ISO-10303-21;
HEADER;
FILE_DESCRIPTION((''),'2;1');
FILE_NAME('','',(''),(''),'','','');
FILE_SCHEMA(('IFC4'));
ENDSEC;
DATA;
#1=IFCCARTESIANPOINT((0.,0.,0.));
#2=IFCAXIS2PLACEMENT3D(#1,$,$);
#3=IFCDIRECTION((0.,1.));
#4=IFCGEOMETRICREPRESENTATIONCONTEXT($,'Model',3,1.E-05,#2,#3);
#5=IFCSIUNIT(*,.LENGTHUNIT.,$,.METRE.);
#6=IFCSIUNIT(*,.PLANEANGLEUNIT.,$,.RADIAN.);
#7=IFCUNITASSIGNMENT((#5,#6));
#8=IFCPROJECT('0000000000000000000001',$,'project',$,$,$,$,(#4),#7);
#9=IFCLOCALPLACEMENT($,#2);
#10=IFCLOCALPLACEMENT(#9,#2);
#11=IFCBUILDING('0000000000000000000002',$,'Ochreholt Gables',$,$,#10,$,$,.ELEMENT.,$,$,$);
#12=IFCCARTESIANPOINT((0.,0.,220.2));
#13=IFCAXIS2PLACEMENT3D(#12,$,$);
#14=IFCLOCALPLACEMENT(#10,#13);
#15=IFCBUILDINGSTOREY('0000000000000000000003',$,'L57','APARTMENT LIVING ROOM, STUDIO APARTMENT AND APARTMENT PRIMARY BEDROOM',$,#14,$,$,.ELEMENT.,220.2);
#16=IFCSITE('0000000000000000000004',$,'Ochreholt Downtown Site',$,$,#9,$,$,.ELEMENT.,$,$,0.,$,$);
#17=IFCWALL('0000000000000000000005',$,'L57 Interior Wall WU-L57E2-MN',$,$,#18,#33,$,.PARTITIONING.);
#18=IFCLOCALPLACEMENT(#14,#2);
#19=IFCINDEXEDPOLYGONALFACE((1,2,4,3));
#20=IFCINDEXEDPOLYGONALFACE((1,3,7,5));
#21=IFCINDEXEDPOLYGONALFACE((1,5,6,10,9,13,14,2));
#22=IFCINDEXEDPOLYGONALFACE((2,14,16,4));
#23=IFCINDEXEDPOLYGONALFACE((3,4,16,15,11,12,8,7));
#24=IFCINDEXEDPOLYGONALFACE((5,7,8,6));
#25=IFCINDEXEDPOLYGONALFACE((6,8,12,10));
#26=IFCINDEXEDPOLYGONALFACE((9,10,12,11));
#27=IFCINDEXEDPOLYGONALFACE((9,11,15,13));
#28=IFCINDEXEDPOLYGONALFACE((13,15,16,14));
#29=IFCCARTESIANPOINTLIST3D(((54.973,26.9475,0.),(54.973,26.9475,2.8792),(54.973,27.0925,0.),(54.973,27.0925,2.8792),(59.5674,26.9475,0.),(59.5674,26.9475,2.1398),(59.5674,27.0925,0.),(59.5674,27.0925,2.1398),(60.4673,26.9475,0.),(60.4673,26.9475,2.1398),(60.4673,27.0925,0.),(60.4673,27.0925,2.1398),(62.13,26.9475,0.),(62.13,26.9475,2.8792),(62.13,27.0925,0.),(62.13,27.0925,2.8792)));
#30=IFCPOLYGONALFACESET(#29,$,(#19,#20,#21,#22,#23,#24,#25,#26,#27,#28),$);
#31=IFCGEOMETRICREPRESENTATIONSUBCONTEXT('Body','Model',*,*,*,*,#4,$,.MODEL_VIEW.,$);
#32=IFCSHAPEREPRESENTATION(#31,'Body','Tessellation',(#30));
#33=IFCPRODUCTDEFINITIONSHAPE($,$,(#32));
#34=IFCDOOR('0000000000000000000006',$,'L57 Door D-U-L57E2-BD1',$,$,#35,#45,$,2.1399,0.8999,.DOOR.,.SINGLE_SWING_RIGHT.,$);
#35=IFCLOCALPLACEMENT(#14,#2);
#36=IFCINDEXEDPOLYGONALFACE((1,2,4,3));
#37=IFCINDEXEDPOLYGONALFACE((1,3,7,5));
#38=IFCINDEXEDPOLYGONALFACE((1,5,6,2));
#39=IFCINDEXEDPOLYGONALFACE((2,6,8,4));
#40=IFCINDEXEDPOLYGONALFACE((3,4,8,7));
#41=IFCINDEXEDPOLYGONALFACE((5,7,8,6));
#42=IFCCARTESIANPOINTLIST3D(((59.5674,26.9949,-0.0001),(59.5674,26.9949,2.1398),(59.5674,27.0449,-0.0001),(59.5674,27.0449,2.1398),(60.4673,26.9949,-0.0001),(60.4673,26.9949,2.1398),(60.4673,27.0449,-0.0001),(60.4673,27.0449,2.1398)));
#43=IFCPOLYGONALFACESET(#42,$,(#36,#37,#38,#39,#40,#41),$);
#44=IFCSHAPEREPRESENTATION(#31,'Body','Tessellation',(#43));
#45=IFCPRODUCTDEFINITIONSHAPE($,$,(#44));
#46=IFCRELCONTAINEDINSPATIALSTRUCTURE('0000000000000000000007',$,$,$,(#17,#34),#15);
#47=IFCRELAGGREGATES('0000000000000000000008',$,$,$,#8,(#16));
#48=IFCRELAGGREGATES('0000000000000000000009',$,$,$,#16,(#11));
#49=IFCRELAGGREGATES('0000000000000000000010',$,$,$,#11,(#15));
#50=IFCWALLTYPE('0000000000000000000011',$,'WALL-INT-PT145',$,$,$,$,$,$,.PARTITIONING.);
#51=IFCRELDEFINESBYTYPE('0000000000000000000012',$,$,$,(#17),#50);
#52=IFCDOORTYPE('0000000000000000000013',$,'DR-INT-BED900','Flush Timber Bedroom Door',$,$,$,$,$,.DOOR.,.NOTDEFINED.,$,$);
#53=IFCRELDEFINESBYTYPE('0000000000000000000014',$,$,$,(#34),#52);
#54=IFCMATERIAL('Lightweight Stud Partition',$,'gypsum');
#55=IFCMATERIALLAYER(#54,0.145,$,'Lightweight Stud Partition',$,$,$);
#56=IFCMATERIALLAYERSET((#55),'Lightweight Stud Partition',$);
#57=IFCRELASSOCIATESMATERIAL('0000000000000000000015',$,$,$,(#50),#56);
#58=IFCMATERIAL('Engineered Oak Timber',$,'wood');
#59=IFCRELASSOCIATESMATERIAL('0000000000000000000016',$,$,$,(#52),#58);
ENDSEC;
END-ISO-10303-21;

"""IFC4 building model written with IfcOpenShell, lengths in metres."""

from ifc_helpers import new_model, si_unit, direction, frame, frame_2d, origin, place, context, subcontext, project, spatial, rectangle, extrude, material, layer, layer_set, type_object, element, fill, save


model = new_model("IFC4")

# Units and contexts
model_context = context("Model", 3, precision=1e-05, world=origin(), true_north=direction((0.0, 1.0)))
body_context = subcontext(model_context, "Body", "Model", "MODEL_VIEW")
ifc_project = project(units=[si_unit("LENGTHUNIT", "METRE"), si_unit("PLANEANGLEUNIT", "RADIAN")], contexts=[model_context])

# Site, building, storey
site_placement = place(None, origin())
site = spatial("IfcSite", under=ifc_project, at=site_placement, Name="Ochreholt Downtown Site", CompositionType="ELEMENT", RefElevation=0.0)
building_placement = place(site_placement, origin())
building = spatial("IfcBuilding", under=site, at=building_placement, Name="Ochreholt Gables", CompositionType="ELEMENT")
storey_placement = place(building_placement, frame((0.0, 0.0, 220.2)))
storey = spatial("IfcBuildingStorey", under=building, at=storey_placement, Name="L57", Description="APARTMENT LIVING ROOM, STUDIO APARTMENT AND APARTMENT PRIMARY BEDROOM", CompositionType="ELEMENT", Elevation=220.2)

# Shared definitions
ifc_material_1 = material(Name="Engineered Oak Timber", Category="wood")

# Wall, opening, door
ifc_material_2 = material(Name="Lightweight Stud Partition", Category="gypsum")
ifc_layer_1 = layer(ifc_material_2, 0.145, Name="Lightweight Stud Partition")
ifc_layer_set_1 = layer_set([ifc_layer_1], Name="Lightweight Stud Partition")
wall_type_1 = type_object("IfcWallType", Name="WALL-INT-PT145", PredefinedType="PARTITIONING", material=ifc_layer_set_1)
wall_1_placement = place(storey_placement, frame((54.9729, 27.02, 0.0), z_axis=(0.0, 0.0, 1.0), x_axis=(1.0, 0.0, 0.0)))
wall_1 = element("IfcWall", 1, at=wall_1_placement, inside=storey, type_object=wall_type_1, Name="L57 Interior Wall WU-L57E2-MN", PredefinedType="PARTITIONING", context=body_context, shape_type="SweptSolid", body=[
    extrude(rectangle(XDim=7.157, YDim=0.145, at=frame_2d((3.5786, 0.0))), origin(), (0.0, 0.0, 1.0), 2.8792),
])
opening_1_placement = place(wall_1_placement, frame((4.5945, 0.0, 0.0)))
opening_1 = element("IfcOpeningElement", 2, at=opening_1_placement, cuts=wall_1, PredefinedType="OPENING", context=body_context, shape_type="SweptSolid", body=[
    extrude(rectangle(XDim=0.8999, YDim=2.1399, at=frame_2d((0.45, 1.0698))), frame((0.0, 0.0825, 0.0), z_axis=(0.0, -1.0, 0.0), x_axis=(1.0, 0.0, 0.0)), (0.0, 0.0, 1.0), 0.165),
])
door_type_1 = type_object("IfcDoorType", Name="DR-INT-BED900", Description="Flush Timber Bedroom Door", OperationType="NOTDEFINED", PredefinedType="DOOR", material=ifc_material_1)
door_1_placement = place(opening_1_placement, origin())
door_1 = element("IfcDoor", 3, at=door_1_placement, inside=storey, type_object=door_type_1, Name="L57 Door D-U-L57E2-BD1", OperationType="SINGLE_SWING_RIGHT", OverallHeight=2.1399, OverallWidth=0.8999, PredefinedType="DOOR", context=body_context, shape_type="SweptSolid", body=[
    extrude(rectangle(XDim=0.8999, YDim=2.1399, at=frame_2d((0.45, 1.0698))), frame((0.0, 0.0249, 0.0), z_axis=(0.0, -1.0, 0.0), x_axis=(1.0, 0.0, 0.0)), (0.0, 0.0, 1.0), 0.05),
])
fill(opening_1, door_1)

save(model, "model.ifc")
